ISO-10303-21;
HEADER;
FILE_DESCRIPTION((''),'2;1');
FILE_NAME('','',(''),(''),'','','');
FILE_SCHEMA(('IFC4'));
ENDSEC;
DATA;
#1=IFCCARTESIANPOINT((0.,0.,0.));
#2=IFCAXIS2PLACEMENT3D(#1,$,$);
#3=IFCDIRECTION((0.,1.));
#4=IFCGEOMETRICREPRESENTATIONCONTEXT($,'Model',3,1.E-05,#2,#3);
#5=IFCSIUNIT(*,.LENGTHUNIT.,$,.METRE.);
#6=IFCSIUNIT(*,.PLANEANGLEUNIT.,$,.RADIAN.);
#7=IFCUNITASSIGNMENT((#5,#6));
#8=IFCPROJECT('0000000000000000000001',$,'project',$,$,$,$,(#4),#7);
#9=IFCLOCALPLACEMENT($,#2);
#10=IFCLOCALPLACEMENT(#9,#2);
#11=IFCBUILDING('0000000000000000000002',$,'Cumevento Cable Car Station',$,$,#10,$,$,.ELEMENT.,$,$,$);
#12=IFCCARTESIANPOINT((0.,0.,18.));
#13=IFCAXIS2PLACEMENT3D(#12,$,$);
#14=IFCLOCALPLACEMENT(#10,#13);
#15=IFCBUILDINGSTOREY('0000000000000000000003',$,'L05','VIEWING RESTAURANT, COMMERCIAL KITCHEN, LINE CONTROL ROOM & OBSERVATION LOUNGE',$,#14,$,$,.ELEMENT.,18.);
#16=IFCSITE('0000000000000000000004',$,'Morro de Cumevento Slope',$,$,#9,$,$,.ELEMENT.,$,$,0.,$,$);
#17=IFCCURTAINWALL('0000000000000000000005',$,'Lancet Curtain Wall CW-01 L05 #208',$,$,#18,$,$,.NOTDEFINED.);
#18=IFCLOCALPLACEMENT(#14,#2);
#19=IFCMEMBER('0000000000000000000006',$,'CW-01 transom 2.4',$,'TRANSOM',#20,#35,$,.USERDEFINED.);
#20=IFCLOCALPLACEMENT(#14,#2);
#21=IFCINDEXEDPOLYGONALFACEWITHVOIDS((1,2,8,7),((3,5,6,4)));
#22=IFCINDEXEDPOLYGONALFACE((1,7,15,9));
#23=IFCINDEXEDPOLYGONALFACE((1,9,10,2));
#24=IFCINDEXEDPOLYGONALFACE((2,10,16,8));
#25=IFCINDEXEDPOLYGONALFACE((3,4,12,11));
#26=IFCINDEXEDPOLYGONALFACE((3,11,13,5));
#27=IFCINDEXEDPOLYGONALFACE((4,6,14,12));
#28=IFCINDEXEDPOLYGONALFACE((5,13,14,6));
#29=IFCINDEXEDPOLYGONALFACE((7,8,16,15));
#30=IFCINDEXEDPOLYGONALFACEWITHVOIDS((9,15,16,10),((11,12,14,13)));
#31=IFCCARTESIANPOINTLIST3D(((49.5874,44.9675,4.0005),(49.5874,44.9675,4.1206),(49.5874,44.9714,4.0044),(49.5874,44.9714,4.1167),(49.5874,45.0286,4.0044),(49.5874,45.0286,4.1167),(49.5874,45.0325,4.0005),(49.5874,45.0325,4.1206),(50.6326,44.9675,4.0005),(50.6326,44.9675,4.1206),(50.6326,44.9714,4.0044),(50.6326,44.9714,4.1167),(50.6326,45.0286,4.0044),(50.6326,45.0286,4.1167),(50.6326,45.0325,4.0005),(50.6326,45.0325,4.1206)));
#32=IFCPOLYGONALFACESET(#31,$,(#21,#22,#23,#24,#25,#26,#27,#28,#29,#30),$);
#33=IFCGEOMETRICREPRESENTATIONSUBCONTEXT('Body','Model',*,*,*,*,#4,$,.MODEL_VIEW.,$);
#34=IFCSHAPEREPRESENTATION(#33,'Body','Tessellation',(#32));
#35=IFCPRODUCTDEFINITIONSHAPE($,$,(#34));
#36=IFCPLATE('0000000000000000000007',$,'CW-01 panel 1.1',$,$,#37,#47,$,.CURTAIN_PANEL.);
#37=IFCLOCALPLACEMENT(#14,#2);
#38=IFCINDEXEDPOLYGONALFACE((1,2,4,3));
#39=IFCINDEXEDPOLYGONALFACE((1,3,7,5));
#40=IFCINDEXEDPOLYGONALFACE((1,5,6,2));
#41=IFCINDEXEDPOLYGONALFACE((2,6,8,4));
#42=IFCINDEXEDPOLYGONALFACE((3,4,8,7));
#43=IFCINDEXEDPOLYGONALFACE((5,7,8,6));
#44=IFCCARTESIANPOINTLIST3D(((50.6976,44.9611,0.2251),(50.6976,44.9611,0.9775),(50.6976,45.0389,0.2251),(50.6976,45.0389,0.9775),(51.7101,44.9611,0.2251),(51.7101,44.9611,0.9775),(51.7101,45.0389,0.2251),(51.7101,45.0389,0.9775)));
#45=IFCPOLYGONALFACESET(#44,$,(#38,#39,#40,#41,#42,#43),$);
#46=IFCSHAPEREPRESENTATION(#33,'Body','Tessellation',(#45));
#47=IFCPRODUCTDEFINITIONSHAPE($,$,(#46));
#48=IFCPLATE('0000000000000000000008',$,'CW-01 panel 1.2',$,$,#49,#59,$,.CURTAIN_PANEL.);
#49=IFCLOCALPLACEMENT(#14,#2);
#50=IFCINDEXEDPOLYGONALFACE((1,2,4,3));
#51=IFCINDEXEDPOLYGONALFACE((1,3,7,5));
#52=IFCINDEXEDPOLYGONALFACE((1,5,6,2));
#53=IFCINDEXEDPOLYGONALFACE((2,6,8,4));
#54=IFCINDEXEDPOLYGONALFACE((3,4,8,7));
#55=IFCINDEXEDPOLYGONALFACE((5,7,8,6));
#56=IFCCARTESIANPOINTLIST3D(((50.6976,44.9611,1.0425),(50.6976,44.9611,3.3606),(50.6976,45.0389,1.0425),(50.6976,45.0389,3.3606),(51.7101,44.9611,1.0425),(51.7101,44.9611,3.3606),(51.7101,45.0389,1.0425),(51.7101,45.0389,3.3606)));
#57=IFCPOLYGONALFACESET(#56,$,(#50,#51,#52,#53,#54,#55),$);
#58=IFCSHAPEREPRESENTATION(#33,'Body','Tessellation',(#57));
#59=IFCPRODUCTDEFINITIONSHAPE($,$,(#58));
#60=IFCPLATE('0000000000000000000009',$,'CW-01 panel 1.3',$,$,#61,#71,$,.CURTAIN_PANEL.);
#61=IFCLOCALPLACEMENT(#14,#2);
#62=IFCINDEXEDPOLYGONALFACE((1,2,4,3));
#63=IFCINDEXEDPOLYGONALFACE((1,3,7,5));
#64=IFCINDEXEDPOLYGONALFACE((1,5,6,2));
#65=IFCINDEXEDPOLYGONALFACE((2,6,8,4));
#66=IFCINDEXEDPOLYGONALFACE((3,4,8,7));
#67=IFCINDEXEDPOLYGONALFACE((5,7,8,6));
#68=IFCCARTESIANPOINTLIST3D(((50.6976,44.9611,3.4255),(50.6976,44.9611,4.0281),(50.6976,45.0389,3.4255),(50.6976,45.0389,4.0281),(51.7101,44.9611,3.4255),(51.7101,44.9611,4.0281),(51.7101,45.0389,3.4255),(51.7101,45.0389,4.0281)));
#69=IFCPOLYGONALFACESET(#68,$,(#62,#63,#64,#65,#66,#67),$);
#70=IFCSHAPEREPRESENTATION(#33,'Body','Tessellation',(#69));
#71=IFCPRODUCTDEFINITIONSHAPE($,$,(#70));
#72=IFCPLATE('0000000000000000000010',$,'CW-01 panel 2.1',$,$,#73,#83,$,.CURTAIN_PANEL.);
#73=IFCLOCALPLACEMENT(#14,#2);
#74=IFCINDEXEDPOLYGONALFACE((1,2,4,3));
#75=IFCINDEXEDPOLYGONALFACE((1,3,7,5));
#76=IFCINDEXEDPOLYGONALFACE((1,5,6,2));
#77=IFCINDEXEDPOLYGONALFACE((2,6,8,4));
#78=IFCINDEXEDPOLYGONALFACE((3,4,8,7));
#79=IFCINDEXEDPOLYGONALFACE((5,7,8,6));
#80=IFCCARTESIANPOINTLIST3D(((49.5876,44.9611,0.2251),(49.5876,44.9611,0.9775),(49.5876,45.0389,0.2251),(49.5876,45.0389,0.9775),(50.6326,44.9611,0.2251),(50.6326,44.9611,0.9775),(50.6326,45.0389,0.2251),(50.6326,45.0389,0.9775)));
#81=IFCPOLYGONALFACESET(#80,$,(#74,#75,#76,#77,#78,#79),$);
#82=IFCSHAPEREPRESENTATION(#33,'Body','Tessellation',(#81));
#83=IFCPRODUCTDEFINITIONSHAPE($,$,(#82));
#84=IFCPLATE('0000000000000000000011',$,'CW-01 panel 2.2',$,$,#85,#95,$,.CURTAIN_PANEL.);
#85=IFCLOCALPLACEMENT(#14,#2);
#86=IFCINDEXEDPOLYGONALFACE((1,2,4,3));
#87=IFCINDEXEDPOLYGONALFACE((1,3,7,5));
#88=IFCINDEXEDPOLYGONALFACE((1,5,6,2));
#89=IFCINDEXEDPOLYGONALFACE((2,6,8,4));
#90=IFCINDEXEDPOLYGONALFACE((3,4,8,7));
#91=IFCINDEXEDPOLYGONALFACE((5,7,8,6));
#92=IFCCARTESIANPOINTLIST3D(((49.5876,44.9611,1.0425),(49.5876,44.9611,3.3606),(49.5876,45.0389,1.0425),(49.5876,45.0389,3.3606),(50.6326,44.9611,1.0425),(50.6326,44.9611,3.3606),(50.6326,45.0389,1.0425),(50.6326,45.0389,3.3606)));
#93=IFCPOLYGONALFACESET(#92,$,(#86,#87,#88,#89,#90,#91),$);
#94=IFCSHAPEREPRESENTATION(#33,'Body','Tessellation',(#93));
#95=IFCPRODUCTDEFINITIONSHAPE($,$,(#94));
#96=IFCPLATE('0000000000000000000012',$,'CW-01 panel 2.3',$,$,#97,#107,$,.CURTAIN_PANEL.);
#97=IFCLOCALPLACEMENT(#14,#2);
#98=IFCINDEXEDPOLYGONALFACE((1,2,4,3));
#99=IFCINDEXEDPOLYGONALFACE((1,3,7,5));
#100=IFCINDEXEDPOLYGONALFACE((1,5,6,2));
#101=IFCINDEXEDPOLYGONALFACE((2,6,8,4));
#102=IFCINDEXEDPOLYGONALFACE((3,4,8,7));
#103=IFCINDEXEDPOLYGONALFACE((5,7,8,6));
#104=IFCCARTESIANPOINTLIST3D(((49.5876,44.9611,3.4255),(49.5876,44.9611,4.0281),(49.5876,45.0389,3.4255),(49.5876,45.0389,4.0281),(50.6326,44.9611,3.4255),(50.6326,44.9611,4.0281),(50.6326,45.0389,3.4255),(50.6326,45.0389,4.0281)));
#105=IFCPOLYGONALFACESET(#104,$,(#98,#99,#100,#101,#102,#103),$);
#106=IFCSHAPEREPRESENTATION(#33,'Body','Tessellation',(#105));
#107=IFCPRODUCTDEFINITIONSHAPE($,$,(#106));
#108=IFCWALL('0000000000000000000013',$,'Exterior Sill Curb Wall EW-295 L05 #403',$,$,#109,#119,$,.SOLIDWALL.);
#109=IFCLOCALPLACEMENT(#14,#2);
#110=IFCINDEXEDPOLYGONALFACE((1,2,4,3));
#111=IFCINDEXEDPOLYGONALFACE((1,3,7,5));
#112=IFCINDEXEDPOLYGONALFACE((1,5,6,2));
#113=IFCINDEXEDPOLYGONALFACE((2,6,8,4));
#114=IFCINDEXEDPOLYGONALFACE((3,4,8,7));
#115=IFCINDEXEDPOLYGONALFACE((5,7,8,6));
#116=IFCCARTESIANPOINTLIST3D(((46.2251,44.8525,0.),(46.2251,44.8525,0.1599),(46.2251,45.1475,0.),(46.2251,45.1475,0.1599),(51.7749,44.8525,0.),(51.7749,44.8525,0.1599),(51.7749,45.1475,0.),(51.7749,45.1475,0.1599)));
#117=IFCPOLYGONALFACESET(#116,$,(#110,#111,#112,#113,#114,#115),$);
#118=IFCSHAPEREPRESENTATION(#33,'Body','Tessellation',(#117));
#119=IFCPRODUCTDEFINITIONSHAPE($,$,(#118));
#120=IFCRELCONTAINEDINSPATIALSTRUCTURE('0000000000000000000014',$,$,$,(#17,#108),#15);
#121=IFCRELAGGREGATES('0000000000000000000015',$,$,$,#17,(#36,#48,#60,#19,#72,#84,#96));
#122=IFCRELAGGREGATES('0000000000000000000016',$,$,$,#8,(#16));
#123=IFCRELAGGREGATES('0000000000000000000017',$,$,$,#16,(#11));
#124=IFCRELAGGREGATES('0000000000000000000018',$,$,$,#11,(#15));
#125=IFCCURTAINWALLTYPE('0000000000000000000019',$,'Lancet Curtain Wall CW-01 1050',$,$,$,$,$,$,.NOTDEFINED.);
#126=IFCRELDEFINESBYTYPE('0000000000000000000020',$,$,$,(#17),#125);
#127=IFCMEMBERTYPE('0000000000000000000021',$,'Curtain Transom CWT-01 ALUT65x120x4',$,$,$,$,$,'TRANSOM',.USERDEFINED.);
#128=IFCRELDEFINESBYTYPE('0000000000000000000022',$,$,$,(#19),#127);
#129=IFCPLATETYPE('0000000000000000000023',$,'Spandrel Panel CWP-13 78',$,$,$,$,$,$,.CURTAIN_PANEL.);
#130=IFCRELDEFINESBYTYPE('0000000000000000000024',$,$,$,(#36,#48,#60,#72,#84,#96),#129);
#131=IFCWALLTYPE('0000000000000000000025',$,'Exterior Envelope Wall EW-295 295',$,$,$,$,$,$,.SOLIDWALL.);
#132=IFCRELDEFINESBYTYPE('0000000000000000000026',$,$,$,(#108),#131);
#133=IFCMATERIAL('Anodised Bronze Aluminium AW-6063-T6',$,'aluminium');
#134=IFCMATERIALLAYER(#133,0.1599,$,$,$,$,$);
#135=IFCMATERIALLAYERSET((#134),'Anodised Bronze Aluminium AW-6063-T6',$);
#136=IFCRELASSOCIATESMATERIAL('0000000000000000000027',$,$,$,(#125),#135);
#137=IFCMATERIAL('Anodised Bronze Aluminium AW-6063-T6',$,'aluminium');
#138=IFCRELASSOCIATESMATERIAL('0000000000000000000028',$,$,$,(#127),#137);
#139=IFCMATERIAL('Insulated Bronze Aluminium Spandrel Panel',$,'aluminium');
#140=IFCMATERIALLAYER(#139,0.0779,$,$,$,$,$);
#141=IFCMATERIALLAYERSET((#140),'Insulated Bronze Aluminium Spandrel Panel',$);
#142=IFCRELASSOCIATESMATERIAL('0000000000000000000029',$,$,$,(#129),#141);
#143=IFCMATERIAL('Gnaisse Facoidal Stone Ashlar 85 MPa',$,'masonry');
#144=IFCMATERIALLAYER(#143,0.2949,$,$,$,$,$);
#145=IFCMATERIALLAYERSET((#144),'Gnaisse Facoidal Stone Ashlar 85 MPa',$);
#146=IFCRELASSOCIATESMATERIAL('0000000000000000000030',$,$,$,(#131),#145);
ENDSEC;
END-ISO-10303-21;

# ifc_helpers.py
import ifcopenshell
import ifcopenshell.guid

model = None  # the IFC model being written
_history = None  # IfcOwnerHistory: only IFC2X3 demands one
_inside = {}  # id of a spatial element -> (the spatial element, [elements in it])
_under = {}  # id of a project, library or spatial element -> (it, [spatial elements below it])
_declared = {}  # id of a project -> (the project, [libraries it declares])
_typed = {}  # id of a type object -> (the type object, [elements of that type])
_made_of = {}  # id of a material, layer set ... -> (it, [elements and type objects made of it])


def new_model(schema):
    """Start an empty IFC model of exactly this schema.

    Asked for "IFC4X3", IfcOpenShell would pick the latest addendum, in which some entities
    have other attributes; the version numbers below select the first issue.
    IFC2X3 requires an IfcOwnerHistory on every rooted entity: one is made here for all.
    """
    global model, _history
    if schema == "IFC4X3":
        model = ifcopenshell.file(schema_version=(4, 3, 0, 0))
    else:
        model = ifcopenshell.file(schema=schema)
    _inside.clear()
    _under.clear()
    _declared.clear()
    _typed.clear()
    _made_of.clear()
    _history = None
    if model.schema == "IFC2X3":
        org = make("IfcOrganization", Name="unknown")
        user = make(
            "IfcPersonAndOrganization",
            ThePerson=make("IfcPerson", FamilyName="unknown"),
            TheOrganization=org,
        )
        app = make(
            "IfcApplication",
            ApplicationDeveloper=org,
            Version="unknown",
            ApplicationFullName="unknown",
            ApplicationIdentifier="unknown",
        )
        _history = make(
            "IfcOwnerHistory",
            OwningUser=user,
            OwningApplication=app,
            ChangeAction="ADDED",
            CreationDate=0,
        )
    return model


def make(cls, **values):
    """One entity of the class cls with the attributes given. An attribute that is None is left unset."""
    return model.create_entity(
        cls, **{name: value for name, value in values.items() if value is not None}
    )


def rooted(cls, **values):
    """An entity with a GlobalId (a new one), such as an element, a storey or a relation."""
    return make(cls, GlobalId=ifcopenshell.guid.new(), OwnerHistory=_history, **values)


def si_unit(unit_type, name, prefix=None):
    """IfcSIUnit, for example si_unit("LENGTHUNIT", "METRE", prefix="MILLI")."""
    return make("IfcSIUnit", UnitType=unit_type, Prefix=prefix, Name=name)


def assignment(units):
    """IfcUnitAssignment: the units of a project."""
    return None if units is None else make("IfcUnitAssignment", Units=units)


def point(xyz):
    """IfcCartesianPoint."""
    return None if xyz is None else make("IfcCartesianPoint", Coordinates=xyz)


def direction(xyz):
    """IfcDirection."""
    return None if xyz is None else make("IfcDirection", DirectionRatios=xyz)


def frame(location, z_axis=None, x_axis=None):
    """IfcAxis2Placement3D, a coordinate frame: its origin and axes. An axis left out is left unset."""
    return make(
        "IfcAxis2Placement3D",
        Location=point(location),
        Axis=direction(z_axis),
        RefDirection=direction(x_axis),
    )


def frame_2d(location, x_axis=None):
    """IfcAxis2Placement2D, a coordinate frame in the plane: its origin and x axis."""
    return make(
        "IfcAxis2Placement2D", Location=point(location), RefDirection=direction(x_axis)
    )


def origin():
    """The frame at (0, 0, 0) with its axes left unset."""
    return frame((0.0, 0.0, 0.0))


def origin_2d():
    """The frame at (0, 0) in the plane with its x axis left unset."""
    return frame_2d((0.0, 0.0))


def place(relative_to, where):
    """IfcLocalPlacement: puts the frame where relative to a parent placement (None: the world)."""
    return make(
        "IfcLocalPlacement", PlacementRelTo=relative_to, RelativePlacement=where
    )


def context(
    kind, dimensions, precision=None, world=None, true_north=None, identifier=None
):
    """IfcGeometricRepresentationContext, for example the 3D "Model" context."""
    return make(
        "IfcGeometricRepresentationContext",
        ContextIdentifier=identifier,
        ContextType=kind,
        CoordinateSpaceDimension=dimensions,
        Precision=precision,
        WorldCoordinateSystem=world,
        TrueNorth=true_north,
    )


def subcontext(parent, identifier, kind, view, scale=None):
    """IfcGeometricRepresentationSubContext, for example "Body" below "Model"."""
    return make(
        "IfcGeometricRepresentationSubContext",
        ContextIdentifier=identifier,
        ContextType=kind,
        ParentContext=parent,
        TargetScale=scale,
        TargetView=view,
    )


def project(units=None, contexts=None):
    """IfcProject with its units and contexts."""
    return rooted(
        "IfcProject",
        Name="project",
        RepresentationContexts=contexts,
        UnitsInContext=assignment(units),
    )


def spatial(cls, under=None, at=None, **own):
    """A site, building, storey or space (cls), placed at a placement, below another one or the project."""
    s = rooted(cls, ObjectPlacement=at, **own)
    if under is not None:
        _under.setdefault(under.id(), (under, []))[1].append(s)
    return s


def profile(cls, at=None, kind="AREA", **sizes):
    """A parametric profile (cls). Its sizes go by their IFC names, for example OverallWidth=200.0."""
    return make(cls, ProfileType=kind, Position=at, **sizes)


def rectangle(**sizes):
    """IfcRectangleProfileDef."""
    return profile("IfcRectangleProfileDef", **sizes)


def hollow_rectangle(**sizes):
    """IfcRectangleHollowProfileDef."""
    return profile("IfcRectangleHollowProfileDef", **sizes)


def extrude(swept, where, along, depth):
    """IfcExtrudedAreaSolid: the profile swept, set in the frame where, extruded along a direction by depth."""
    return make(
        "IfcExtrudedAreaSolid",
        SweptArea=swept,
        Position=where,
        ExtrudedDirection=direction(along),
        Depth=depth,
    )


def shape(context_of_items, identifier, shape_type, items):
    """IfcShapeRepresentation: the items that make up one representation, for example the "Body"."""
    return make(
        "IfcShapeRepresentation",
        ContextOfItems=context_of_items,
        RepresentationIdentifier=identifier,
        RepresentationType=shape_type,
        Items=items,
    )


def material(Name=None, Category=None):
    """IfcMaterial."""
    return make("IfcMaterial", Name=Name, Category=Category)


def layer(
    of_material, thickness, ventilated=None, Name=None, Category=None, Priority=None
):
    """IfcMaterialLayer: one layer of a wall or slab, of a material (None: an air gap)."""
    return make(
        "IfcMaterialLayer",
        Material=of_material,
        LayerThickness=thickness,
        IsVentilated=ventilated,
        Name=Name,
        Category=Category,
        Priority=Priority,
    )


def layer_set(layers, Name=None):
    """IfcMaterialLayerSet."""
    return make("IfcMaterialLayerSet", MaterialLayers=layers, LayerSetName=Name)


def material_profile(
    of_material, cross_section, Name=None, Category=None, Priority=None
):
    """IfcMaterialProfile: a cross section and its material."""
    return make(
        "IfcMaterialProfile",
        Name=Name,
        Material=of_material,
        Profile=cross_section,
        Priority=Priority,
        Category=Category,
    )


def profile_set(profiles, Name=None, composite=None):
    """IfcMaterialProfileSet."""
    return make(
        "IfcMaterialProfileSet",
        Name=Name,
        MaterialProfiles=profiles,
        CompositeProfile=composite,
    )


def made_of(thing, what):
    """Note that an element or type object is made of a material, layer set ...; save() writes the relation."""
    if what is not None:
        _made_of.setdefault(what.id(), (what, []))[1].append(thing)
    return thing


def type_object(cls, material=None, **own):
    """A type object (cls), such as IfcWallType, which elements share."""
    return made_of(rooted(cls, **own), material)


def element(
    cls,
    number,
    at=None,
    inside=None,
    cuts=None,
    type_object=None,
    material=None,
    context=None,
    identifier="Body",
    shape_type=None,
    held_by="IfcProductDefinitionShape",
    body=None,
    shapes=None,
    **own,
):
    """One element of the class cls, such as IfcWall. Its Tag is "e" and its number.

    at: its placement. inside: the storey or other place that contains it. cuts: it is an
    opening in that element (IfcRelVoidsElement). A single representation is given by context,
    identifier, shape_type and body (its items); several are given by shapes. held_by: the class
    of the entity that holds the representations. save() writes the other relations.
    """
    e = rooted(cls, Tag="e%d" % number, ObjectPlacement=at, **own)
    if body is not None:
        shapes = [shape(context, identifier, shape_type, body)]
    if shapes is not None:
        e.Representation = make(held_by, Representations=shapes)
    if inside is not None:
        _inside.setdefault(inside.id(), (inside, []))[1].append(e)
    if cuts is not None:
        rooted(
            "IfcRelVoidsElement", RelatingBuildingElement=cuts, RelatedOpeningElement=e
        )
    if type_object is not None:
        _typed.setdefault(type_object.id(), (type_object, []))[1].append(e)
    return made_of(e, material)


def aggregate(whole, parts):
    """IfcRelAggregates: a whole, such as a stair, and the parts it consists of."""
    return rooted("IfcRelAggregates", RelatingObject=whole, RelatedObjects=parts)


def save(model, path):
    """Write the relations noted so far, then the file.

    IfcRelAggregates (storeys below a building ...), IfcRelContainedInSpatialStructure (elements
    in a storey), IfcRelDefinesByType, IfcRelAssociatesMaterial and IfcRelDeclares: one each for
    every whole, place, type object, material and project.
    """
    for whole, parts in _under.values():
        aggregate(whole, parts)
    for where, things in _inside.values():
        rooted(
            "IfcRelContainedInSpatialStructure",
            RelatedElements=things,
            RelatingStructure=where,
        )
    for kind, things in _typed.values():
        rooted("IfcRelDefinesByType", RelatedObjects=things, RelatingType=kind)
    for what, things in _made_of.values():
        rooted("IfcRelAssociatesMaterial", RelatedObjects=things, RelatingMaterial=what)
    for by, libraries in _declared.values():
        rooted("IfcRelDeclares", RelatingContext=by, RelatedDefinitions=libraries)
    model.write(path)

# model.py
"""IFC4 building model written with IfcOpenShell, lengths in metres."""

from ifc_helpers import new_model, si_unit, direction, frame, frame_2d, origin, origin_2d, place, context, subcontext, project, spatial, rectangle, hollow_rectangle, extrude, material, layer, layer_set, material_profile, profile_set, type_object, element, aggregate, save


model = new_model("IFC4")

# Units and contexts
model_context = context("Model", 3, precision=1e-05, world=origin(), true_north=direction((0.0, 1.0)))
body_context = subcontext(model_context, "Body", "Model", "MODEL_VIEW")
ifc_project = project(units=[si_unit("LENGTHUNIT", "METRE"), si_unit("PLANEANGLEUNIT", "RADIAN")], contexts=[model_context])

# Site, building, storey
site_placement = place(None, origin())
site = spatial("IfcSite", under=ifc_project, at=site_placement, Name="Morro de Cumevento Slope", CompositionType="ELEMENT", RefElevation=0.0)
building_placement = place(site_placement, origin())
building = spatial("IfcBuilding", under=site, at=building_placement, Name="Cumevento Cable Car Station", CompositionType="ELEMENT")
storey_placement = place(building_placement, frame((0.0, 0.0, 18.0)))
storey = spatial("IfcBuildingStorey", under=building, at=storey_placement, Name="L05", Description="VIEWING RESTAURANT, COMMERCIAL KITCHEN, LINE CONTROL ROOM & OBSERVATION LOUNGE", CompositionType="ELEMENT", Elevation=18.0)

# Curtain wall, member, plates
ifc_material_1 = material(Name="Anodised Bronze Aluminium AW-6063-T6", Category="aluminium")
ifc_layer_1 = layer(ifc_material_1, 0.1599)
ifc_layer_set_1 = layer_set([ifc_layer_1], Name="Anodised Bronze Aluminium AW-6063-T6")
curtain_wall_type = type_object("IfcCurtainWallType", Name="Lancet Curtain Wall CW-01 1050", PredefinedType="NOTDEFINED", material=ifc_layer_set_1)
curtain_wall_placement = place(storey_placement, origin())
curtain_wall = element("IfcCurtainWall", 1, at=curtain_wall_placement, inside=storey, type_object=curtain_wall_type, Name="Lancet Curtain Wall CW-01 L05 #208", PredefinedType="NOTDEFINED")
ifc_material_2 = material(Name="Anodised Bronze Aluminium AW-6063-T6", Category="aluminium")
ifc_material_profile_1 = material_profile(ifc_material_2, hollow_rectangle(XDim=0.0649, YDim=0.1201, WallThickness=0.0039, at=origin_2d()), Name="ALUT65x120x4")
ifc_profile_set_1 = profile_set([ifc_material_profile_1], Name="Anodised Bronze Aluminium AW-6063-T6")
member_type_1 = type_object("IfcMemberType", Name="Curtain Transom CWT-01 ALUT65x120x4", ElementType="TRANSOM", PredefinedType="USERDEFINED", material=ifc_profile_set_1)
member_1_placement = place(storey_placement, frame((50.6326, 45.0, 4.0605), z_axis=(-1.0, 0.0, 0.0), x_axis=(0.0, -1.0, 0.0)))
member_1 = element("IfcMember", 2, at=member_1_placement, type_object=member_type_1, Name="CW-01 transom 2.4", ObjectType="TRANSOM", PredefinedType="USERDEFINED", context=body_context, shape_type="SweptSolid", body=[
    extrude(hollow_rectangle(XDim=0.0649, YDim=0.1201, WallThickness=0.0039, at=origin_2d()), origin(), (0.0, 0.0, 1.0), 1.0452),
])
ifc_material_3 = material(Name="Insulated Bronze Aluminium Spandrel Panel", Category="aluminium")
ifc_layer_2 = layer(ifc_material_3, 0.0779)
ifc_layer_set_2 = layer_set([ifc_layer_2], Name="Insulated Bronze Aluminium Spandrel Panel")
plate_type = type_object("IfcPlateType", Name="Spandrel Panel CWP-13 78", PredefinedType="CURTAIN_PANEL", material=ifc_layer_set_2)
plate_1_placement = place(storey_placement, frame((51.2039, 45.0, 0.2251), z_axis=(0.0, 0.0, 1.0), x_axis=(-1.0, 0.0, 0.0)))
plate_1 = element("IfcPlate", 3, at=plate_1_placement, type_object=plate_type, Name="CW-01 panel 1.1", PredefinedType="CURTAIN_PANEL", context=body_context, shape_type="SweptSolid", body=[
    extrude(rectangle(XDim=1.0125, YDim=0.0779, at=origin_2d()), origin(), (0.0, 0.0, 1.0), 0.7524),
])
plate_2_placement = place(storey_placement, frame((51.2039, 45.0, 1.0425), z_axis=(0.0, 0.0, 1.0), x_axis=(-1.0, 0.0, 0.0)))
plate_2 = element("IfcPlate", 4, at=plate_2_placement, type_object=plate_type, Name="CW-01 panel 1.2", PredefinedType="CURTAIN_PANEL", context=body_context, shape_type="SweptSolid", body=[
    extrude(rectangle(XDim=1.0125, YDim=0.0779, at=origin_2d()), origin(), (0.0, 0.0, 1.0), 2.3181),
])
plate_3_placement = place(storey_placement, frame((51.2039, 45.0, 3.4255), z_axis=(0.0, 0.0, 1.0), x_axis=(-1.0, 0.0, 0.0)))
plate_3 = element("IfcPlate", 5, at=plate_3_placement, type_object=plate_type, Name="CW-01 panel 1.3", PredefinedType="CURTAIN_PANEL", context=body_context, shape_type="SweptSolid", body=[
    extrude(rectangle(XDim=1.0125, YDim=0.0779, at=origin_2d()), origin(), (0.0, 0.0, 1.0), 0.6025),
])
plate_4_placement = place(storey_placement, frame((50.1101, 45.0, 0.2251), z_axis=(0.0, 0.0, 1.0), x_axis=(-1.0, 0.0, 0.0)))
plate_4 = element("IfcPlate", 6, at=plate_4_placement, type_object=plate_type, Name="CW-01 panel 2.1", PredefinedType="CURTAIN_PANEL", context=body_context, shape_type="SweptSolid", body=[
    extrude(rectangle(XDim=1.0449, YDim=0.0779, at=origin_2d()), origin(), (0.0, 0.0, 1.0), 0.7524),
])
plate_5_placement = place(storey_placement, frame((50.1101, 45.0, 1.0425), z_axis=(0.0, 0.0, 1.0), x_axis=(-1.0, 0.0, 0.0)))
plate_5 = element("IfcPlate", 7, at=plate_5_placement, type_object=plate_type, Name="CW-01 panel 2.2", PredefinedType="CURTAIN_PANEL", context=body_context, shape_type="SweptSolid", body=[
    extrude(rectangle(XDim=1.0449, YDim=0.0779, at=origin_2d()), origin(), (0.0, 0.0, 1.0), 2.3181),
])
plate_6_placement = place(storey_placement, frame((50.1101, 45.0, 3.4255), z_axis=(0.0, 0.0, 1.0), x_axis=(-1.0, 0.0, 0.0)))
plate_6 = element("IfcPlate", 8, at=plate_6_placement, type_object=plate_type, Name="CW-01 panel 2.3", PredefinedType="CURTAIN_PANEL", context=body_context, shape_type="SweptSolid", body=[
    extrude(rectangle(XDim=1.0449, YDim=0.0779, at=origin_2d()), origin(), (0.0, 0.0, 1.0), 0.6025),
])
aggregate(curtain_wall, [plate_1, plate_2, plate_3, member_1, plate_4, plate_5, plate_6])

# Wall
ifc_material_4 = material(Name="Gnaisse Facoidal Stone Ashlar 85 MPa", Category="masonry")
ifc_layer_3 = layer(ifc_material_4, 0.2949)
ifc_layer_set_3 = layer_set([ifc_layer_3], Name="Gnaisse Facoidal Stone Ashlar 85 MPa")
wall_type = type_object("IfcWallType", Name="Exterior Envelope Wall EW-295 295", PredefinedType="SOLIDWALL", material=ifc_layer_set_3)
wall_placement = place(storey_placement, frame((51.7749, 45.0, 0.0), z_axis=(0.0, 0.0, 1.0), x_axis=(-1.0, 0.0, 0.0)))
element("IfcWall", 9, at=wall_placement, inside=storey, type_object=wall_type, Name="Exterior Sill Curb Wall EW-295 L05 #403", PredefinedType="SOLIDWALL", context=body_context, shape_type="SweptSolid", body=[
    extrude(rectangle(XDim=5.5498, YDim=0.2949, at=frame_2d((2.7749, 0.0))), origin(), (0.0, 0.0, 1.0), 0.1599),
])

save(model, "model.ifc")
